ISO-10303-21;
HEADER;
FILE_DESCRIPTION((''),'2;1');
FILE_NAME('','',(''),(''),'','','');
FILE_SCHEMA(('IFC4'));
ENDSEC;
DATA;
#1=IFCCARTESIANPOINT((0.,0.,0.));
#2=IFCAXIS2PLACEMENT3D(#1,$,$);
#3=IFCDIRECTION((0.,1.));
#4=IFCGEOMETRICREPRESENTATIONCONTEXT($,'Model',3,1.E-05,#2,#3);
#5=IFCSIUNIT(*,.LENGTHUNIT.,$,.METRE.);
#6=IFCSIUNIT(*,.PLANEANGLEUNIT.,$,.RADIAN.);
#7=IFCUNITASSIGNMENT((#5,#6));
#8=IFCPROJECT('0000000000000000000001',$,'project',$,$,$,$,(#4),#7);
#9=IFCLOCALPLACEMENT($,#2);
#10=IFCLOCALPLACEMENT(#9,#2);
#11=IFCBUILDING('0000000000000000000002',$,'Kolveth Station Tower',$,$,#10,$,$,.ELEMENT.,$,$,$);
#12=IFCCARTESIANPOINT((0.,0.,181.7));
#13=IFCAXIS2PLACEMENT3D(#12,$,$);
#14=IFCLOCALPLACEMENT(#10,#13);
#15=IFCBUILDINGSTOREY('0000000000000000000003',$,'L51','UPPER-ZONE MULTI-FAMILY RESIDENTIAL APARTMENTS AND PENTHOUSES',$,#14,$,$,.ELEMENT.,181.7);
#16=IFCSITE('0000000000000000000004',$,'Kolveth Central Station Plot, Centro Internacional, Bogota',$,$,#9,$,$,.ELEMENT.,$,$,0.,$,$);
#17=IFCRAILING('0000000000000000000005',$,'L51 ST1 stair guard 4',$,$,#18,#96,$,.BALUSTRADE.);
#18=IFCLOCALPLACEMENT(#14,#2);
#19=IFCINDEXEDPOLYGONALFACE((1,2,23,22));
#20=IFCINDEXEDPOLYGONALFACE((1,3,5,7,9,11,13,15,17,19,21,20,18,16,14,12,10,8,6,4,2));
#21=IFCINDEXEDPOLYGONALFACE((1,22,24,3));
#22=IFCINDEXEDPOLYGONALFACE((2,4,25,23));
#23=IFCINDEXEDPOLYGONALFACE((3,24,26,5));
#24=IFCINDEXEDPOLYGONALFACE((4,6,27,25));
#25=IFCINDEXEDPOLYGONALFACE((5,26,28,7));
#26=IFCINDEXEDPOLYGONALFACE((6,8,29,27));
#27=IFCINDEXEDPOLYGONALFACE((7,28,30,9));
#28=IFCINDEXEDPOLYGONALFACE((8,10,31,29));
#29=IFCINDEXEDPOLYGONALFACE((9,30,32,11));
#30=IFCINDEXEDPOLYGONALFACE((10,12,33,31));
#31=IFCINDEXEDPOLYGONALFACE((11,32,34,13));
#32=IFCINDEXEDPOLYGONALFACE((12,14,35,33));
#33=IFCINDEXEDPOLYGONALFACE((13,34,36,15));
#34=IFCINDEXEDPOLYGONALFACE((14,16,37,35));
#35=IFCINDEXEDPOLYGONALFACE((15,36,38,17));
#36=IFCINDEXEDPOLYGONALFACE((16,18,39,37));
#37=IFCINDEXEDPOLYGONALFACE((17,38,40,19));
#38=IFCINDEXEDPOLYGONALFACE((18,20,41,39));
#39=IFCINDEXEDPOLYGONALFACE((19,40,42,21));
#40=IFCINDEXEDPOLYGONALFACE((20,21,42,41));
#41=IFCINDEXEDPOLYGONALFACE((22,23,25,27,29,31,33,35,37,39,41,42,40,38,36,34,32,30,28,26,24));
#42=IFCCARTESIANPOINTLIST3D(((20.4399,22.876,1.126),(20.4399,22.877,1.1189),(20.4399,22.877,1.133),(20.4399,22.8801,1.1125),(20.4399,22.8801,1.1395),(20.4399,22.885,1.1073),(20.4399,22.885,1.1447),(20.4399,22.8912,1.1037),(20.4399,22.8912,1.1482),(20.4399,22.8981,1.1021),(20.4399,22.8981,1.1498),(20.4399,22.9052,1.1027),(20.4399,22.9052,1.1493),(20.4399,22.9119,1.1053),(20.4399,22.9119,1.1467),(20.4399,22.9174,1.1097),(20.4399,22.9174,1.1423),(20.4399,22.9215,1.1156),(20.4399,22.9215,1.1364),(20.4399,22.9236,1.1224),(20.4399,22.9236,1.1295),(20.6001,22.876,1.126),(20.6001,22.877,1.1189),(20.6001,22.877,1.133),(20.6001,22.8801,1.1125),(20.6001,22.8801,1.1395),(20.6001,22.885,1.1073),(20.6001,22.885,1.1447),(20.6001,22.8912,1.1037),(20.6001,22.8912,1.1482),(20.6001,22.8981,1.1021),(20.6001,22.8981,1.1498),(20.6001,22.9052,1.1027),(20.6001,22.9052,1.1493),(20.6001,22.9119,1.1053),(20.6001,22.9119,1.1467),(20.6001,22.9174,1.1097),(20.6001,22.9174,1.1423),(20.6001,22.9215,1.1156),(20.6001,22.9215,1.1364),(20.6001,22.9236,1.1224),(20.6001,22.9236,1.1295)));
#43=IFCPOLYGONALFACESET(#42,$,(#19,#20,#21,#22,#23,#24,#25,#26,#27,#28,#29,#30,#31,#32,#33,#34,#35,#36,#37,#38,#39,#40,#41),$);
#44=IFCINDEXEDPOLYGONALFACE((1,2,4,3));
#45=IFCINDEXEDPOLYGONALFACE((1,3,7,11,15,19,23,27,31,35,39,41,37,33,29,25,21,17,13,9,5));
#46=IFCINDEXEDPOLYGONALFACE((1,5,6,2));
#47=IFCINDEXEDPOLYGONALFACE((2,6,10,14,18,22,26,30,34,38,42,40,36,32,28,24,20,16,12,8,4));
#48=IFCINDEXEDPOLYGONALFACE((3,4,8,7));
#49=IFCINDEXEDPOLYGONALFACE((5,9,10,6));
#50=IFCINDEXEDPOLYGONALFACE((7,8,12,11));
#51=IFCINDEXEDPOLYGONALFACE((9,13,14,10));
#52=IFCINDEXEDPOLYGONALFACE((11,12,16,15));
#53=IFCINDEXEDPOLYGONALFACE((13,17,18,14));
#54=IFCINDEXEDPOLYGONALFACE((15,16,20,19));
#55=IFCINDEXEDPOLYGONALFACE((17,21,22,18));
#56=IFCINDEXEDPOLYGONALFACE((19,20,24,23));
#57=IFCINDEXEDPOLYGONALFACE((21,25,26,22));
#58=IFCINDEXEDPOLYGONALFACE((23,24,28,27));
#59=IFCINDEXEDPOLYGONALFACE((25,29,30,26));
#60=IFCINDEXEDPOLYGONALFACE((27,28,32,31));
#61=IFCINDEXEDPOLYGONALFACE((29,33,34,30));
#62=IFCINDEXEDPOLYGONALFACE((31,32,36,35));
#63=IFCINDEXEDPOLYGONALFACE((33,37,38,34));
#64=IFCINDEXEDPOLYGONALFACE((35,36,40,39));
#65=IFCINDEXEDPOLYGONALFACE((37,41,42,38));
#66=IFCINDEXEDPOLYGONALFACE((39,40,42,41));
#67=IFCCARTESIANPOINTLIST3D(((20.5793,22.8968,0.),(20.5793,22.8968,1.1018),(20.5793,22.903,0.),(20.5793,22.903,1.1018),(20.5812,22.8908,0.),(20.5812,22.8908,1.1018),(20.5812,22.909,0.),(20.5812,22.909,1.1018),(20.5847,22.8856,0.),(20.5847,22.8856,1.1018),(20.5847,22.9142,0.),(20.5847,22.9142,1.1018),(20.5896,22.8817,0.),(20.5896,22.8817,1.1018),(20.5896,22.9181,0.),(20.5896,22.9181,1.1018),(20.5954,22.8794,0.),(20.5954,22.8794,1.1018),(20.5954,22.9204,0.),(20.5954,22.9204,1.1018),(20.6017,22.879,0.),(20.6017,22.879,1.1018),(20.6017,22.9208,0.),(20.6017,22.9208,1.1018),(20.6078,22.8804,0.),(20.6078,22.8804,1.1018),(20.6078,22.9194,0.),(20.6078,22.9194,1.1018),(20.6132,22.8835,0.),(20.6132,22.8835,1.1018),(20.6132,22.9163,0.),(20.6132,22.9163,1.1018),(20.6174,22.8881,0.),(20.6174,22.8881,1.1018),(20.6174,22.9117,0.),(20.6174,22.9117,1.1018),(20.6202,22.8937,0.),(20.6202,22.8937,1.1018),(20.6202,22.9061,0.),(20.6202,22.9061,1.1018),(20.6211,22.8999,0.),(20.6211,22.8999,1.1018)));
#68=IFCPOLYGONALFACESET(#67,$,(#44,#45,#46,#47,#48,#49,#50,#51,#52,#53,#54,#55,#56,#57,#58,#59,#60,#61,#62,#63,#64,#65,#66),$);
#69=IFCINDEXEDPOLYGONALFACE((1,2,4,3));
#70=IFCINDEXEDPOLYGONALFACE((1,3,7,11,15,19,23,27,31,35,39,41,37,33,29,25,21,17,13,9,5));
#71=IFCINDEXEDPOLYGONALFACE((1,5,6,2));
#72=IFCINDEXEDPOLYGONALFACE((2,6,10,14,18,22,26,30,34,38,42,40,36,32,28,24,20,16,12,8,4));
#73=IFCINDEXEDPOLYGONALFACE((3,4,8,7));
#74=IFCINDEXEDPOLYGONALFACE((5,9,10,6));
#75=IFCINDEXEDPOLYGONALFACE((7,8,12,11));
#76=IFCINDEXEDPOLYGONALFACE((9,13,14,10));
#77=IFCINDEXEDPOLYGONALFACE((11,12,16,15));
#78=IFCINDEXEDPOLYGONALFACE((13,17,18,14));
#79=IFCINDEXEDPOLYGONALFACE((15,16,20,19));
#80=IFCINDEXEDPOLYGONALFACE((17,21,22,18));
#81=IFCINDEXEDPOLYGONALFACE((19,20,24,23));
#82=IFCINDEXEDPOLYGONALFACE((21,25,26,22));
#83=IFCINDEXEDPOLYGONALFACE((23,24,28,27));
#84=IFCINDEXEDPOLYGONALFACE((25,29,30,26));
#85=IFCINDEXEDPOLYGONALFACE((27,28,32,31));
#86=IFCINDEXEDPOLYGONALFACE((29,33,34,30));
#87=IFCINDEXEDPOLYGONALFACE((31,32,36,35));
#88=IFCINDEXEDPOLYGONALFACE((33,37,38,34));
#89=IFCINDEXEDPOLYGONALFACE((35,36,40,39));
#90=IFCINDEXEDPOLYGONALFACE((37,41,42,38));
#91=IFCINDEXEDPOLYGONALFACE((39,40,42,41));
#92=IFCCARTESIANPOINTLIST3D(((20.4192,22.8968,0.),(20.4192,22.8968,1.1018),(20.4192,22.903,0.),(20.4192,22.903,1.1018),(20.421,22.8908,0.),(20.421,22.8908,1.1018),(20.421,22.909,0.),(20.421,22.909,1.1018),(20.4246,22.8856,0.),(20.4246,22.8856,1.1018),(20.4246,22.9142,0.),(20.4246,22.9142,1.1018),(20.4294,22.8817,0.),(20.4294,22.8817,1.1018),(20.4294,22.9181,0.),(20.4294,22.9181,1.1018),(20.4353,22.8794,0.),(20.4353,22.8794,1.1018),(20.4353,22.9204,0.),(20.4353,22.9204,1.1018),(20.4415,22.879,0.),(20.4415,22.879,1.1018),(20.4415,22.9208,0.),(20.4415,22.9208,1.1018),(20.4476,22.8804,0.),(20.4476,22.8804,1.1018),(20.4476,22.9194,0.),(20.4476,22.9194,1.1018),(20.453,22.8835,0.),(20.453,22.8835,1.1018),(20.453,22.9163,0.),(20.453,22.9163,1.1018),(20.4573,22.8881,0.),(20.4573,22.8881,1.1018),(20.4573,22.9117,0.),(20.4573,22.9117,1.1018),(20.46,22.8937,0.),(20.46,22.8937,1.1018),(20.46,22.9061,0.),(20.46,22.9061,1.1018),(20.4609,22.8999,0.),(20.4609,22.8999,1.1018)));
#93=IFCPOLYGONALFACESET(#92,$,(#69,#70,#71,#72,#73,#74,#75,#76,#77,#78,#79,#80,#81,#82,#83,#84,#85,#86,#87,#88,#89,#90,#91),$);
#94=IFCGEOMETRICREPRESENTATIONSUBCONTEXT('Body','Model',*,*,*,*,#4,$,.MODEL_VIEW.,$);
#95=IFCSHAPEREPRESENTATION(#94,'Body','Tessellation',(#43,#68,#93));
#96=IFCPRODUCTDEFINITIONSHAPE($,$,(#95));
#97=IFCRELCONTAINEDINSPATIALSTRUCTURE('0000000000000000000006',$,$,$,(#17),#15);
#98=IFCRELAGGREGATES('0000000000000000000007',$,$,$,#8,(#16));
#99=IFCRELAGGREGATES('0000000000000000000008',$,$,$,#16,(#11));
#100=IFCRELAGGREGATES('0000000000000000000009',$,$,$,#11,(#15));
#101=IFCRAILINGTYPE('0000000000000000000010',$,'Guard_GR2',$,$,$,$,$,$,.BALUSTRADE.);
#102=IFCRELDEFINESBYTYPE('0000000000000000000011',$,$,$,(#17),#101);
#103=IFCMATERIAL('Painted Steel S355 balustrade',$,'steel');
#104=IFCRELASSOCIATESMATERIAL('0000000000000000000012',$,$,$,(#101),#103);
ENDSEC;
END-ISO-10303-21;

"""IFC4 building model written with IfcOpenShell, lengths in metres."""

from ifc_helpers import new_model, si_unit, direction, frame, origin, origin_2d, place, context, subcontext, project, spatial, circle, extrude, material, type_object, element, save


model = new_model("IFC4")

# Units and contexts
model_context = context("Model", 3, precision=1e-05, world=origin(), true_north=direction((0.0, 1.0)))
body_context = subcontext(model_context, "Body", "Model", "MODEL_VIEW")
ifc_project = project(units=[si_unit("LENGTHUNIT", "METRE"), si_unit("PLANEANGLEUNIT", "RADIAN")], contexts=[model_context])

# Site, building, storey
site_placement = place(None, origin())
site = spatial("IfcSite", under=ifc_project, at=site_placement, Name="Kolveth Central Station Plot, Centro Internacional, Bogota", CompositionType="ELEMENT", RefElevation=0.0)
building_placement = place(site_placement, origin())
building = spatial("IfcBuilding", under=site, at=building_placement, Name="Kolveth Station Tower", CompositionType="ELEMENT")
storey_placement = place(building_placement, frame((0.0, 0.0, 181.7)))
storey = spatial("IfcBuildingStorey", under=building, at=storey_placement, Name="L51", Description="UPPER-ZONE MULTI-FAMILY RESIDENTIAL APARTMENTS AND PENTHOUSES", CompositionType="ELEMENT", Elevation=181.7)

# Railing
ifc_material_1 = material(Name="Painted Steel S355 balustrade", Category="steel")
railing_type_1 = type_object("IfcRailingType", Name="Guard_GR2", PredefinedType="BALUSTRADE", material=ifc_material_1)
railing_1_placement = place(storey_placement, frame((20.6001, 22.8999, 0.0)))
element("IfcRailing", 1, at=railing_1_placement, inside=storey, type_object=railing_type_1, Name="L51 ST1 stair guard 4", PredefinedType="BALUSTRADE", context=body_context, shape_type="SweptSolid", body=[
    extrude(circle(Radius=0.0239, at=origin_2d()), frame((0.0, 0.0, 1.126), z_axis=(-1.0, 0.0, 0.0), x_axis=(0.0, -1.0, 0.0)), (0.0, 0.0, 1.0), 0.1602),
    extrude(circle(Radius=0.021, at=origin_2d()), origin(), (0.0, 0.0, 1.0), 1.1018),
    extrude(circle(Radius=0.021, at=origin_2d()), frame((-0.1602, 0.0, 0.0)), (0.0, 0.0, 1.0), 1.1018),
])

save(model, "model.ifc")
